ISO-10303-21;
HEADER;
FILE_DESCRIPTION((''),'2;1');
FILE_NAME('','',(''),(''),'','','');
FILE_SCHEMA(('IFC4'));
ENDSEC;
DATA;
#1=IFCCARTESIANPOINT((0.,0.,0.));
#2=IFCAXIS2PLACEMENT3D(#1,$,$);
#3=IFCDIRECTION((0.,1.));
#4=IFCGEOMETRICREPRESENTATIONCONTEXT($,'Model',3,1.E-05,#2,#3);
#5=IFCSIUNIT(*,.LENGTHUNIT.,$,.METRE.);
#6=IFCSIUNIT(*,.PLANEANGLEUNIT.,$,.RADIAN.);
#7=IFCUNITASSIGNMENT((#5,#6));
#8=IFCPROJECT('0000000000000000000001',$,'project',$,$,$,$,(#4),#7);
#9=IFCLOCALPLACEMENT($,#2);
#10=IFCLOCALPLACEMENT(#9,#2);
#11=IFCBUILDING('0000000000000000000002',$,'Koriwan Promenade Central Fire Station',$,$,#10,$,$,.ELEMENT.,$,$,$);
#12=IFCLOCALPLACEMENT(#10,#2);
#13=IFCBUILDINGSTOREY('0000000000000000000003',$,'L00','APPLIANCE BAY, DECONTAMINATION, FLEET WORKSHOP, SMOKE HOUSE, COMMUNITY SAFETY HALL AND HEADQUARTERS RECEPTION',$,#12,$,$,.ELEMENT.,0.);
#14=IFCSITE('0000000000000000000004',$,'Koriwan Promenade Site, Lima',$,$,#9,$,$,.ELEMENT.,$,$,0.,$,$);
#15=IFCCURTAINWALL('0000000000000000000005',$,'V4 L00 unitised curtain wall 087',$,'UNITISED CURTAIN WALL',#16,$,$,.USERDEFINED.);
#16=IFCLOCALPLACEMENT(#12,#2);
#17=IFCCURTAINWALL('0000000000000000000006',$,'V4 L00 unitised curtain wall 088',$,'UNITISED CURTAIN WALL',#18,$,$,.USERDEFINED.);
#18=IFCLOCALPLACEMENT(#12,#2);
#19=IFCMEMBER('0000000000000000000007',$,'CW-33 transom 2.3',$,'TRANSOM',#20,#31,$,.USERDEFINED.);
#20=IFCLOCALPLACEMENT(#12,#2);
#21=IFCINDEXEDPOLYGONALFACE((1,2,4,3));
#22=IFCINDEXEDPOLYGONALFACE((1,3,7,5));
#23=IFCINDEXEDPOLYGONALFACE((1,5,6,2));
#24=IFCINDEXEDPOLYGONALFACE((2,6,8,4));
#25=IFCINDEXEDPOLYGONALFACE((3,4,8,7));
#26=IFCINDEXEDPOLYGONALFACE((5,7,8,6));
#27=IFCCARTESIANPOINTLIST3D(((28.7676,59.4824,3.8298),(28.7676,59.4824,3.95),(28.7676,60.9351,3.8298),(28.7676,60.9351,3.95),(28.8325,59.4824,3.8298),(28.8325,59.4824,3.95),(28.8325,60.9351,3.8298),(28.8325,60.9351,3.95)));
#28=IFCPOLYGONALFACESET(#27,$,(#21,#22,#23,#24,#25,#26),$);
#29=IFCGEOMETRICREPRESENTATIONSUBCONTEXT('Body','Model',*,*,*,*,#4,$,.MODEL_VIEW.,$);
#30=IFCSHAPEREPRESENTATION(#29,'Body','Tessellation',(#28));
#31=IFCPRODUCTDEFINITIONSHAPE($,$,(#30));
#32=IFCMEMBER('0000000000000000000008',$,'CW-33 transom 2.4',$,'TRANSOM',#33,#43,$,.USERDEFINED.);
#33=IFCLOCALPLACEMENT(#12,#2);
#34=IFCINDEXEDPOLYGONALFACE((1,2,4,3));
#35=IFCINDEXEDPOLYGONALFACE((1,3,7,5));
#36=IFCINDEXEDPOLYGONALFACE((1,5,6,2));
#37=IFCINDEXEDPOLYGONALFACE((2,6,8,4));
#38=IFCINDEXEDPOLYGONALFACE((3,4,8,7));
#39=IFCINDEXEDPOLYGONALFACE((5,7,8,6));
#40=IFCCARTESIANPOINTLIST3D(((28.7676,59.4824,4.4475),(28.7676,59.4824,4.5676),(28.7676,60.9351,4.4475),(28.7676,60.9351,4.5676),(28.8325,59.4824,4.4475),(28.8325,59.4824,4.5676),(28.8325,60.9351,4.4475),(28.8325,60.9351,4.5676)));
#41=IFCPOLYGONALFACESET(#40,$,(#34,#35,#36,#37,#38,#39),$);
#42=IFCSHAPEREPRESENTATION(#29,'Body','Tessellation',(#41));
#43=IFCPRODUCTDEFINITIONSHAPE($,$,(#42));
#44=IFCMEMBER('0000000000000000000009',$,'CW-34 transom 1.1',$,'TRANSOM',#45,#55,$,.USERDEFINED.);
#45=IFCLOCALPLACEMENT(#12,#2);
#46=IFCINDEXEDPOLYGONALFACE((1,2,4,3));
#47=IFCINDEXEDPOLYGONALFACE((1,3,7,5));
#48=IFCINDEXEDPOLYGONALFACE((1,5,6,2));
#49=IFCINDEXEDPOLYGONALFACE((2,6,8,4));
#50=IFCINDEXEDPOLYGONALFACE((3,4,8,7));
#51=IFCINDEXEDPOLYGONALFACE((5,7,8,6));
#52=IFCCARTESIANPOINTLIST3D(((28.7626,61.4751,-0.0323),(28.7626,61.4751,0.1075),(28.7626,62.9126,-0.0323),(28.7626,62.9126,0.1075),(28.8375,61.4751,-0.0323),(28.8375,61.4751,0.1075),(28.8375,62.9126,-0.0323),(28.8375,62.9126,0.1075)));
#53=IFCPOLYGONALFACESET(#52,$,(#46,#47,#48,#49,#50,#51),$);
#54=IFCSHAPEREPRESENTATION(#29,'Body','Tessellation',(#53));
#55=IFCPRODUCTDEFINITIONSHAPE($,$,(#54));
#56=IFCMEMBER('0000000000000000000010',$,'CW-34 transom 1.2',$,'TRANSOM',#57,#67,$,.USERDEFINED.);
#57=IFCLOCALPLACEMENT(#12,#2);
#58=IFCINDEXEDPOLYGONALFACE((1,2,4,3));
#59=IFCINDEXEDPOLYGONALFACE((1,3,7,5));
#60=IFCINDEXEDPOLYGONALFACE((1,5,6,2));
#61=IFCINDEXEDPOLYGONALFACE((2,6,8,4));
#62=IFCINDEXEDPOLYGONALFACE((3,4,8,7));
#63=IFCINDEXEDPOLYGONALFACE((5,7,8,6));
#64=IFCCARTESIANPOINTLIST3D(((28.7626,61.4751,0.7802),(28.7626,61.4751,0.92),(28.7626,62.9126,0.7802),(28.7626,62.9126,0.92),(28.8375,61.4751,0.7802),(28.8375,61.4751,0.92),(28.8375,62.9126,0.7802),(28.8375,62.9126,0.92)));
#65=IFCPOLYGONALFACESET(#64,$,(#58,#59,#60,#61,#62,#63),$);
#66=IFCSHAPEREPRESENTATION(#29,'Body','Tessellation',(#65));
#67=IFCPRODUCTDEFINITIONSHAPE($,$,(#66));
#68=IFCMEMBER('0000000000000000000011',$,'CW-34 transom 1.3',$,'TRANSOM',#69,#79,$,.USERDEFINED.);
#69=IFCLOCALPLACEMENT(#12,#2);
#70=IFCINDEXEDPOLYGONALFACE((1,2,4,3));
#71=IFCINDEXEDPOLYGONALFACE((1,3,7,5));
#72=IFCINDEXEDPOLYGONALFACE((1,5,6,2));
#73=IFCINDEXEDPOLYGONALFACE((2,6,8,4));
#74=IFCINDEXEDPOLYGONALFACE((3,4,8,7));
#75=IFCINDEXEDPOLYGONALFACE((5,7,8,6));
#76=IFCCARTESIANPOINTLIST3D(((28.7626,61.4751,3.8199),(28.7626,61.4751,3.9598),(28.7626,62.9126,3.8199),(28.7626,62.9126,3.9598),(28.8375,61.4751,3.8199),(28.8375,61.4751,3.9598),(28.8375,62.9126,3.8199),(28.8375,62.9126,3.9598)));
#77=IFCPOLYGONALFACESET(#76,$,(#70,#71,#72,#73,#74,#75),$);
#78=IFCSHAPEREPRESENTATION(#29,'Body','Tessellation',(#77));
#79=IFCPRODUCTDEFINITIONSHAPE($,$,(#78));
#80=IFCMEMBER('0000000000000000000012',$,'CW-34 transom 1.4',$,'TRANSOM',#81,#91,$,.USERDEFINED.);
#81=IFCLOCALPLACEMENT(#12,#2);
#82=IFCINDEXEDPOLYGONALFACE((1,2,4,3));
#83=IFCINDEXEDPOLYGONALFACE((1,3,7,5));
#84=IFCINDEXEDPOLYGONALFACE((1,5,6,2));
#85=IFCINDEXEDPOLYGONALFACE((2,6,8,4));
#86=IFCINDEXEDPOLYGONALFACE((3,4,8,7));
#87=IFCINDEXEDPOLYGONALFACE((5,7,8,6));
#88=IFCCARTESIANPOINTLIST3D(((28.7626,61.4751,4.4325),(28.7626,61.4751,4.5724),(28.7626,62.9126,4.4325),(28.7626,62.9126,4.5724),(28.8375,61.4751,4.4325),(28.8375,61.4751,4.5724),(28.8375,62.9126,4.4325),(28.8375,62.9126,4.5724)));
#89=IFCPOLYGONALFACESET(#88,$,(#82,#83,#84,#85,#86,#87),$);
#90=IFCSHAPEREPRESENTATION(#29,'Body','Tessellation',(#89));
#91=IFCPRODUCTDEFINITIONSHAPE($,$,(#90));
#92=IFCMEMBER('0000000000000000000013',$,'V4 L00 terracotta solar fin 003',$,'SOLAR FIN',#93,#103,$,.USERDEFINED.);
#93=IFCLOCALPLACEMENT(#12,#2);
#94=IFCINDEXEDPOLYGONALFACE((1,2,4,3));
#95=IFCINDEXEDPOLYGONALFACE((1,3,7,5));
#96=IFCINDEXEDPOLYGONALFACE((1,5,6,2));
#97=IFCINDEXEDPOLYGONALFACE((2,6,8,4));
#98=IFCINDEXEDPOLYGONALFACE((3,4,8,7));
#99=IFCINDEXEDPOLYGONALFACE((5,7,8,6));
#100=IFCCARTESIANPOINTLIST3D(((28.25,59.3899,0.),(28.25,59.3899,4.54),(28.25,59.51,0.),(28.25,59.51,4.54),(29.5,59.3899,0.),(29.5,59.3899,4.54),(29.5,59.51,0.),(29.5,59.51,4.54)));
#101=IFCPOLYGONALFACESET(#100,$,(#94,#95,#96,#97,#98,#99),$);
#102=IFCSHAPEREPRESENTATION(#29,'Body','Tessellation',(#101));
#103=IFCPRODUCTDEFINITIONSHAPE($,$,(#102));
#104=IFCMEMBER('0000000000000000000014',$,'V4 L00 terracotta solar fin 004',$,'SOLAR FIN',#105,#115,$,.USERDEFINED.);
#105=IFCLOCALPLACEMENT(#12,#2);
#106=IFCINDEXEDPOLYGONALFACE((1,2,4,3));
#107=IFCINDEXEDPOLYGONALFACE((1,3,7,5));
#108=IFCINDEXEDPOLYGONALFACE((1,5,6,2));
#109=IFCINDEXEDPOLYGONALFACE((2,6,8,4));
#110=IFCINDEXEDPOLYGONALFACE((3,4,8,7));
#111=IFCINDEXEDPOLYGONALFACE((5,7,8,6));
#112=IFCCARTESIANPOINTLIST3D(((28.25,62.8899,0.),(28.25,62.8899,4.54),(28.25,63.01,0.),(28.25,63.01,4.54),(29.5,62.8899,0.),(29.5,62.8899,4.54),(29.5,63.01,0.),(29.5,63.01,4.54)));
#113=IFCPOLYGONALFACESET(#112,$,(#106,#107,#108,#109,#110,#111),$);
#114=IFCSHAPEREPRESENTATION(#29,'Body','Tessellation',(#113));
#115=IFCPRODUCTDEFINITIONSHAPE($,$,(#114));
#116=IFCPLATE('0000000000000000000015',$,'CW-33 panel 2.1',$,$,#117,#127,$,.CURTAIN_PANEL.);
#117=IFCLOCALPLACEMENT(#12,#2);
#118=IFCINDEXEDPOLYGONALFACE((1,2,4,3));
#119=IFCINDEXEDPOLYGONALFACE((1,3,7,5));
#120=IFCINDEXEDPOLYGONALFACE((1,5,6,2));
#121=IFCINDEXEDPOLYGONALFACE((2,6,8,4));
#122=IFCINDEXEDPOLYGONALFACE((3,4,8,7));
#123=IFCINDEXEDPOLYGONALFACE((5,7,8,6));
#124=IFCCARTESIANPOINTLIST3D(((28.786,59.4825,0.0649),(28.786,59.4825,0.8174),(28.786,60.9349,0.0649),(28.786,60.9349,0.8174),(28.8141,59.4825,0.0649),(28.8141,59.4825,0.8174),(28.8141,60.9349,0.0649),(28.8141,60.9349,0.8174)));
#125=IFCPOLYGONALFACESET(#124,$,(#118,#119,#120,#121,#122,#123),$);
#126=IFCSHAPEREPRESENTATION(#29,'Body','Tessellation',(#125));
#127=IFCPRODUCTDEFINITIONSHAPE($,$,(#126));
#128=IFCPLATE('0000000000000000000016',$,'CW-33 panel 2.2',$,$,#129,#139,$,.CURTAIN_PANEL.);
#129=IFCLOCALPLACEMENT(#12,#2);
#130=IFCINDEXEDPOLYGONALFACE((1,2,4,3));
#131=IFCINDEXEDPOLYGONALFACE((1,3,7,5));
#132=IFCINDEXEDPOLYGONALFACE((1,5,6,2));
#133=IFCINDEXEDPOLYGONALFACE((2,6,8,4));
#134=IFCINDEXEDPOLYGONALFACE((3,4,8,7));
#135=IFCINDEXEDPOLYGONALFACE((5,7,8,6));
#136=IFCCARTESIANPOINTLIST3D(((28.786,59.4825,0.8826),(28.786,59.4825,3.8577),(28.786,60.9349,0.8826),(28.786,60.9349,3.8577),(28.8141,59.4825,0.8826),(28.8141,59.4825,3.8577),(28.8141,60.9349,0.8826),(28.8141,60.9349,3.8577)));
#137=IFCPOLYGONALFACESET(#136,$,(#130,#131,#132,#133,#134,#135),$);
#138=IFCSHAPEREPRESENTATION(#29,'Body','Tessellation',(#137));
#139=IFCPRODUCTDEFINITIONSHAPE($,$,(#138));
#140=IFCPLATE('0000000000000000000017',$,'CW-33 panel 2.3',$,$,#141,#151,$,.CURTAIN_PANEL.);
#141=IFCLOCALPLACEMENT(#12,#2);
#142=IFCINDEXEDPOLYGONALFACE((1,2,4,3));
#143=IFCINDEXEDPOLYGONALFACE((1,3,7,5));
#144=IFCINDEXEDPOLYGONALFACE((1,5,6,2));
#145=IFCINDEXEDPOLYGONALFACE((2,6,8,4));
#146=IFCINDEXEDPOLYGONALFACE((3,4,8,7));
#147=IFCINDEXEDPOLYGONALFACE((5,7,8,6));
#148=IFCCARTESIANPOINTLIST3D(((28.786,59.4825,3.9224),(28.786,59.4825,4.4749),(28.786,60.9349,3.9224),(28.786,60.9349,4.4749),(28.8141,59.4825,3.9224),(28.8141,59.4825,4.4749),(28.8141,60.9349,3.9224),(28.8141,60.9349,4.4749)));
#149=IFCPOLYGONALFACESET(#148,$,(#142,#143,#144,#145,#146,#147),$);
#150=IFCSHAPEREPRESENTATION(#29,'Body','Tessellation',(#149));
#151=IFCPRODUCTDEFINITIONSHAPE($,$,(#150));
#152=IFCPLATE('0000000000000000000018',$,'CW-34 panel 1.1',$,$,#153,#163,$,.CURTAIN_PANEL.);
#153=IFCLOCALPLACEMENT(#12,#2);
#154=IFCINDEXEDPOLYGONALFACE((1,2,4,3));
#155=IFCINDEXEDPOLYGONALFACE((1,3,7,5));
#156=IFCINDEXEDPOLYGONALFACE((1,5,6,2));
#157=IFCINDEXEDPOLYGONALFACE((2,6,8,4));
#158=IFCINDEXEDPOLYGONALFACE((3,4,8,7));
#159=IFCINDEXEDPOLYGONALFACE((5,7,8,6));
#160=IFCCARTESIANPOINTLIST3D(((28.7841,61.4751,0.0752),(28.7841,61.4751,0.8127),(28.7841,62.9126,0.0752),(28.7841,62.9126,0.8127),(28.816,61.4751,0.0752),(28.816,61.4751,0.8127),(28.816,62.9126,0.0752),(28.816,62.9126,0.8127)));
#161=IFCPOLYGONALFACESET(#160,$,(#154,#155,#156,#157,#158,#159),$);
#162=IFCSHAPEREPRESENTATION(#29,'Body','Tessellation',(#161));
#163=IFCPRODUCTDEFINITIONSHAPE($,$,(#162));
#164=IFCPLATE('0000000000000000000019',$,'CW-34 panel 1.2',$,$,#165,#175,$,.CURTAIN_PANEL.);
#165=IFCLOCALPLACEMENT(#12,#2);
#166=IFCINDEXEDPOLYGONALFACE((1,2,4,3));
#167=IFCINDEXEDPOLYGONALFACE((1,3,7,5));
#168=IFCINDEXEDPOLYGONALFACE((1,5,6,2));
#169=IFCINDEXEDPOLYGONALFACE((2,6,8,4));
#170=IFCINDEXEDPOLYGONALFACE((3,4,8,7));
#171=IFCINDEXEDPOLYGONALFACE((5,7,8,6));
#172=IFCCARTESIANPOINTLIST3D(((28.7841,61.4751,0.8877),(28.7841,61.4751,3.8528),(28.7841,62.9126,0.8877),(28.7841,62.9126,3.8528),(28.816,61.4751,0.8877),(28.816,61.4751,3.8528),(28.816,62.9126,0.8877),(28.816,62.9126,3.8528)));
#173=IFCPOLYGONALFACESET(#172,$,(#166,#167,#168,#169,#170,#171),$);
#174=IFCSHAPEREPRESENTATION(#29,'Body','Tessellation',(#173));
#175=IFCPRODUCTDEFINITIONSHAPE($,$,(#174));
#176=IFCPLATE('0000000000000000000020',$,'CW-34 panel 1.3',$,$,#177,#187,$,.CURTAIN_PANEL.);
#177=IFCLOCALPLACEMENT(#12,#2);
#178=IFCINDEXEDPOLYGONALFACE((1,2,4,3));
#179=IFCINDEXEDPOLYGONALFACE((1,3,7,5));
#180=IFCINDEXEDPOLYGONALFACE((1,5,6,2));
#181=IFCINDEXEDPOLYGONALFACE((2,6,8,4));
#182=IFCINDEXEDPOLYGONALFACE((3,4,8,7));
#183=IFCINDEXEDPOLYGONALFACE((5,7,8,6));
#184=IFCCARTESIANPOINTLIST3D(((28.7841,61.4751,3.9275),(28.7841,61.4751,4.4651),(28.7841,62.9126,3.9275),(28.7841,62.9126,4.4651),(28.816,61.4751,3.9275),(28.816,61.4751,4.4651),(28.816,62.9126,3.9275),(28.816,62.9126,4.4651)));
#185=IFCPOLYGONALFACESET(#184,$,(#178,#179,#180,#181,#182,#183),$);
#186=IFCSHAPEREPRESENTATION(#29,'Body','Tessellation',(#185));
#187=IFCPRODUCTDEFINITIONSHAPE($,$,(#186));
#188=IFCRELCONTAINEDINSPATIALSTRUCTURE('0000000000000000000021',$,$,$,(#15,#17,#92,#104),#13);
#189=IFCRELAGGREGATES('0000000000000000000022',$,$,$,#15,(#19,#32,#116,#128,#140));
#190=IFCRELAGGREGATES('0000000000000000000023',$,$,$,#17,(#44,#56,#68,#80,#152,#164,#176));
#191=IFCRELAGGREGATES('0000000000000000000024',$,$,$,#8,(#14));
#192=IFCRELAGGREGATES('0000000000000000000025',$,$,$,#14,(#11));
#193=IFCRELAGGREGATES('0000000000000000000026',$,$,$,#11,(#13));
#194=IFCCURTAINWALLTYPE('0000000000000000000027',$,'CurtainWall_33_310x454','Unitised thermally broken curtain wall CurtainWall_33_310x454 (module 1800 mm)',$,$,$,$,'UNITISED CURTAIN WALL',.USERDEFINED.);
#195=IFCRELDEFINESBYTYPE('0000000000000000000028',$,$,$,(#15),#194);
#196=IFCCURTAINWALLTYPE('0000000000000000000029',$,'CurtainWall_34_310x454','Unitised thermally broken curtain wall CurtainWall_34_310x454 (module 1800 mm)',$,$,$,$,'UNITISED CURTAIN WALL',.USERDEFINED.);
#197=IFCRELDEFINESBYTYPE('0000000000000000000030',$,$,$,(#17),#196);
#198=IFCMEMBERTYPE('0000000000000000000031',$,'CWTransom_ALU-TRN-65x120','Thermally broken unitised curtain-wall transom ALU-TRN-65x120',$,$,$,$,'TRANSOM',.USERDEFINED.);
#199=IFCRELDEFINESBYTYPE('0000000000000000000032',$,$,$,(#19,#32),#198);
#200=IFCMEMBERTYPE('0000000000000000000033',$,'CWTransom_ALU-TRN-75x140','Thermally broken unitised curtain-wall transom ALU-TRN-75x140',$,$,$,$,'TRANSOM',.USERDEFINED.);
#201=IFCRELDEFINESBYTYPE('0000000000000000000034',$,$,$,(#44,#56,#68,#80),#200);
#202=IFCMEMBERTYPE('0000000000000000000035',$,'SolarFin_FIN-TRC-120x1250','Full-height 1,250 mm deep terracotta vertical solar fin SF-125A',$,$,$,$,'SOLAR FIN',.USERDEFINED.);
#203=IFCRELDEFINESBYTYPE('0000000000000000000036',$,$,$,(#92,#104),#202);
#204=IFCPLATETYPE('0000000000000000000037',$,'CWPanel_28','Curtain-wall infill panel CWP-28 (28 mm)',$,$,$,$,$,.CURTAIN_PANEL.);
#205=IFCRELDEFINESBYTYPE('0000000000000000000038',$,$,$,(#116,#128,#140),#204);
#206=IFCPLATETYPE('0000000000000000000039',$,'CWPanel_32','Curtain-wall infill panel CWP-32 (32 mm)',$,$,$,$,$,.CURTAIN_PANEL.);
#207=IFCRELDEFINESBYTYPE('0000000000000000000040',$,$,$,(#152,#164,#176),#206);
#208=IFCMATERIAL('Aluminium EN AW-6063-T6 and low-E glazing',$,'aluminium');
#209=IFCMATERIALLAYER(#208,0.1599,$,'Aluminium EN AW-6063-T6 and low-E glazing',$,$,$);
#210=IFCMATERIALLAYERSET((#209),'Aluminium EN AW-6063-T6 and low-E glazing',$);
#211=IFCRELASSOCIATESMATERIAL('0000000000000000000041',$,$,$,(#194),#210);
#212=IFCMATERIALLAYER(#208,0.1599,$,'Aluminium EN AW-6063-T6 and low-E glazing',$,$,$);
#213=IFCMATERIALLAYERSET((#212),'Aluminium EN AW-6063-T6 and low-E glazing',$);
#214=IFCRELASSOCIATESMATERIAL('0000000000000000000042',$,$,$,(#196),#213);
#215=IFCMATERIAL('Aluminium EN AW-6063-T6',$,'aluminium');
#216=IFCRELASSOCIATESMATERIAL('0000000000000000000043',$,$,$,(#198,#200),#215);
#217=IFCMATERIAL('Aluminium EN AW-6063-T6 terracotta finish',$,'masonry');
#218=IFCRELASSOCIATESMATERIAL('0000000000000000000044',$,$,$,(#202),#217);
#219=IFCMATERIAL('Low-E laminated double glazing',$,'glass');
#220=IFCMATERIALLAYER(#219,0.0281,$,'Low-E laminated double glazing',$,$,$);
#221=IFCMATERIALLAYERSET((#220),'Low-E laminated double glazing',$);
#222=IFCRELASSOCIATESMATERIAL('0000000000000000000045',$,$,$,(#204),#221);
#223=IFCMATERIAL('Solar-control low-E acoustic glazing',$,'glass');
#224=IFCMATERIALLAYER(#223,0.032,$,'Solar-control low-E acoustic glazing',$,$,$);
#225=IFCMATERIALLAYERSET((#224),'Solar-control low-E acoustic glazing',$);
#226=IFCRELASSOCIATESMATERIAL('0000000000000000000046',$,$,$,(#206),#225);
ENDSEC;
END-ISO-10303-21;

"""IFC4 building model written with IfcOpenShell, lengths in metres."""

from ifc_helpers import new_model, si_unit, direction, frame, origin, origin_2d, place, context, subcontext, project, spatial, rectangle, extrude, material, layer, layer_set, material_profile, profile_set, type_object, element, aggregate, save


model = new_model("IFC4")

# Units and contexts
model_context = context("Model", 3, precision=1e-05, world=origin(), true_north=direction((0.0, 1.0)))
body_context = subcontext(model_context, "Body", "Model", "MODEL_VIEW")
ifc_project = project(units=[si_unit("LENGTHUNIT", "METRE"), si_unit("PLANEANGLEUNIT", "RADIAN")], contexts=[model_context])

# Site, building, storey
site_placement = place(None, origin())
site = spatial("IfcSite", under=ifc_project, at=site_placement, Name="Koriwan Promenade Site, Lima", CompositionType="ELEMENT", RefElevation=0.0)
building_placement = place(site_placement, origin())
building = spatial("IfcBuilding", under=site, at=building_placement, Name="Koriwan Promenade Central Fire Station", CompositionType="ELEMENT")
storey_placement = place(building_placement, origin())
storey = spatial("IfcBuildingStorey", under=building, at=storey_placement, Name="L00", Description="APPLIANCE BAY, DECONTAMINATION, FLEET WORKSHOP, SMOKE HOUSE, COMMUNITY SAFETY HALL AND HEADQUARTERS RECEPTION", CompositionType="ELEMENT", Elevation=0.0)

# Curtain walls
ifc_material_1 = material(Name="Aluminium EN AW-6063-T6 and low-E glazing", Category="aluminium")
ifc_layer_1 = layer(ifc_material_1, 0.1599, Name="Aluminium EN AW-6063-T6 and low-E glazing")
ifc_layer_set_1 = layer_set([ifc_layer_1], Name="Aluminium EN AW-6063-T6 and low-E glazing")
curtain_wall_type_1 = type_object("IfcCurtainWallType", Name="CurtainWall_33_310x454", Description="Unitised thermally broken curtain wall CurtainWall_33_310x454 (module 1800 mm)", ElementType="UNITISED CURTAIN WALL", PredefinedType="USERDEFINED", material=ifc_layer_set_1)
curtain_wall_1_placement = place(storey_placement, origin())
curtain_wall_1 = element("IfcCurtainWall", 1, at=curtain_wall_1_placement, inside=storey, type_object=curtain_wall_type_1, Name="V4 L00 unitised curtain wall 087", ObjectType="UNITISED CURTAIN WALL", PredefinedType="USERDEFINED")
ifc_material_2 = material(Name="Aluminium EN AW-6063-T6", Category="aluminium")
ifc_layer_2 = layer(ifc_material_1, 0.1599, Name="Aluminium EN AW-6063-T6 and low-E glazing")
ifc_layer_set_2 = layer_set([ifc_layer_2], Name="Aluminium EN AW-6063-T6 and low-E glazing")
curtain_wall_type_2 = type_object("IfcCurtainWallType", Name="CurtainWall_34_310x454", Description="Unitised thermally broken curtain wall CurtainWall_34_310x454 (module 1800 mm)", ElementType="UNITISED CURTAIN WALL", PredefinedType="USERDEFINED", material=ifc_layer_set_2)
curtain_wall_2_placement = place(storey_placement, origin())
curtain_wall_2 = element("IfcCurtainWall", 2, at=curtain_wall_2_placement, inside=storey, type_object=curtain_wall_type_2, Name="V4 L00 unitised curtain wall 088", ObjectType="UNITISED CURTAIN WALL", PredefinedType="USERDEFINED")

# Members
ifc_material_profile_1 = material_profile(ifc_material_2, rectangle(XDim=0.0649, YDim=0.1201, at=origin_2d()), Name="ALU-TRN-65x120")
ifc_profile_set_1 = profile_set([ifc_material_profile_1], Name="Aluminium EN AW-6063-T6")
member_type_1 = type_object("IfcMemberType", Name="CWTransom_ALU-TRN-65x120", Description="Thermally broken unitised curtain-wall transom ALU-TRN-65x120", ElementType="TRANSOM", PredefinedType="USERDEFINED", material=ifc_profile_set_1)
member_1_placement = place(storey_placement, frame((28.8, 59.4824, 3.8899), z_axis=(0.0, 1.0, 0.0), x_axis=(-1.0, 0.0, 0.0)))
member_1 = element("IfcMember", 3, at=member_1_placement, type_object=member_type_1, Name="CW-33 transom 2.3", ObjectType="TRANSOM", PredefinedType="USERDEFINED", context=body_context, shape_type="SweptSolid", body=[
    extrude(rectangle(XDim=0.0649, YDim=0.1201, at=origin_2d()), origin(), (0.0, 0.0, 1.0), 1.4526),
])
member_2_placement = place(storey_placement, frame((28.8, 59.4824, 4.5076), z_axis=(0.0, 1.0, 0.0), x_axis=(-1.0, 0.0, 0.0)))
member_2 = element("IfcMember", 4, at=member_2_placement, type_object=member_type_1, Name="CW-33 transom 2.4", ObjectType="TRANSOM", PredefinedType="USERDEFINED", context=body_context, shape_type="SweptSolid", body=[
    extrude(rectangle(XDim=0.0649, YDim=0.1201, at=origin_2d()), origin(), (0.0, 0.0, 1.0), 1.4526),
])
ifc_material_profile_2 = material_profile(ifc_material_2, rectangle(XDim=0.075, YDim=0.1399, at=origin_2d()), Name="ALU-TRN-75x140")
ifc_profile_set_2 = profile_set([ifc_material_profile_2], Name="Aluminium EN AW-6063-T6")
member_type_2 = type_object("IfcMemberType", Name="CWTransom_ALU-TRN-75x140", Description="Thermally broken unitised curtain-wall transom ALU-TRN-75x140", ElementType="TRANSOM", PredefinedType="USERDEFINED", material=ifc_profile_set_2)
member_3_placement = place(storey_placement, frame((28.8, 61.4751, 0.0376), z_axis=(0.0, 1.0, 0.0), x_axis=(-1.0, 0.0, 0.0)))
member_3 = element("IfcMember", 5, at=member_3_placement, type_object=member_type_2, Name="CW-34 transom 1.1", ObjectType="TRANSOM", PredefinedType="USERDEFINED", context=body_context, shape_type="SweptSolid", body=[
    extrude(rectangle(XDim=0.075, YDim=0.1399, at=origin_2d()), origin(), (0.0, 0.0, 1.0), 1.4375),
])
member_4_placement = place(storey_placement, frame((28.8, 61.4751, 0.8501), z_axis=(0.0, 1.0, 0.0), x_axis=(-1.0, 0.0, 0.0)))
member_4 = element("IfcMember", 6, at=member_4_placement, type_object=member_type_2, Name="CW-34 transom 1.2", ObjectType="TRANSOM", PredefinedType="USERDEFINED", context=body_context, shape_type="SweptSolid", body=[
    extrude(rectangle(XDim=0.075, YDim=0.1399, at=origin_2d()), origin(), (0.0, 0.0, 1.0), 1.4375),
])
member_5_placement = place(storey_placement, frame((28.8, 61.4751, 3.8899), z_axis=(0.0, 1.0, 0.0), x_axis=(-1.0, 0.0, 0.0)))
member_5 = element("IfcMember", 7, at=member_5_placement, type_object=member_type_2, Name="CW-34 transom 1.3", ObjectType="TRANSOM", PredefinedType="USERDEFINED", context=body_context, shape_type="SweptSolid", body=[
    extrude(rectangle(XDim=0.075, YDim=0.1399, at=origin_2d()), origin(), (0.0, 0.0, 1.0), 1.4375),
])
member_6_placement = place(storey_placement, frame((28.8, 61.4751, 4.5024), z_axis=(0.0, 1.0, 0.0), x_axis=(-1.0, 0.0, 0.0)))
member_6 = element("IfcMember", 8, at=member_6_placement, type_object=member_type_2, Name="CW-34 transom 1.4", ObjectType="TRANSOM", PredefinedType="USERDEFINED", context=body_context, shape_type="SweptSolid", body=[
    extrude(rectangle(XDim=0.075, YDim=0.1399, at=origin_2d()), origin(), (0.0, 0.0, 1.0), 1.4375),
])

# Members
ifc_material_3 = material(Name="Aluminium EN AW-6063-T6 terracotta finish", Category="masonry")
ifc_material_profile_3 = material_profile(ifc_material_3, rectangle(XDim=0.1201, YDim=1.25, at=origin_2d()), Name="FIN-TRC-120x1250")
ifc_profile_set_3 = profile_set([ifc_material_profile_3], Name="Aluminium EN AW-6063-T6 terracotta finish")
member_type_3 = type_object("IfcMemberType", Name="SolarFin_FIN-TRC-120x1250", Description="Full-height 1,250 mm deep terracotta vertical solar fin SF-125A", ElementType="SOLAR FIN", PredefinedType="USERDEFINED", material=ifc_profile_set_3)
for number, where, z_axis, x_axis, name in (
    (9, (28.875, 59.45, 0.0), (0.0, 0.0, 1.0), (0.0, -1.0, 0.0), "V4 L00 terracotta solar fin 003"),
    (10, (28.875, 62.95, 0.0), (0.0, 0.0, 1.0), (0.0, -1.0, 0.0), "V4 L00 terracotta solar fin 004"),
):
    element("IfcMember", number, at=place(storey_placement, frame(where, z_axis=z_axis, x_axis=x_axis)), inside=storey, type_object=member_type_3, Name=name, ObjectType="SOLAR FIN", PredefinedType="USERDEFINED", context=body_context, shape_type="SweptSolid", body=[
        extrude(rectangle(XDim=0.1201, YDim=1.25, at=origin_2d()), origin(), (0.0, 0.0, 1.0), 4.54),
    ])

# Plates
ifc_material_4 = material(Name="Low-E laminated double glazing", Category="glass")
ifc_layer_3 = layer(ifc_material_4, 0.0281, Name="Low-E laminated double glazing")
ifc_layer_set_3 = layer_set([ifc_layer_3], Name="Low-E laminated double glazing")
plate_type_1 = type_object("IfcPlateType", Name="CWPanel_28", Description="Curtain-wall infill panel CWP-28 (28 mm)", PredefinedType="CURTAIN_PANEL", material=ifc_layer_set_3)
plate_1_placement = place(storey_placement, frame((28.8, 60.2087, 0.0649), z_axis=(0.0, 0.0, 1.0), x_axis=(0.0, 1.0, 0.0)))
plate_1 = element("IfcPlate", 11, at=plate_1_placement, type_object=plate_type_1, Name="CW-33 panel 2.1", PredefinedType="CURTAIN_PANEL", context=body_context, shape_type="SweptSolid", body=[
    extrude(rectangle(XDim=1.4524, YDim=0.0281, at=origin_2d()), origin(), (0.0, 0.0, 1.0), 0.7524),
])
plate_2_placement = place(storey_placement, frame((28.8, 60.2087, 0.8826), z_axis=(0.0, 0.0, 1.0), x_axis=(0.0, 1.0, 0.0)))
plate_2 = element("IfcPlate", 12, at=plate_2_placement, type_object=plate_type_1, Name="CW-33 panel 2.2", PredefinedType="CURTAIN_PANEL", context=body_context, shape_type="SweptSolid", body=[
    extrude(rectangle(XDim=1.4524, YDim=0.0281, at=origin_2d()), origin(), (0.0, 0.0, 1.0), 2.9751),
])
plate_3_placement = place(storey_placement, frame((28.8, 60.2087, 3.9224), z_axis=(0.0, 0.0, 1.0), x_axis=(0.0, 1.0, 0.0)))
plate_3 = element("IfcPlate", 13, at=plate_3_placement, type_object=plate_type_1, Name="CW-33 panel 2.3", PredefinedType="CURTAIN_PANEL", context=body_context, shape_type="SweptSolid", body=[
    extrude(rectangle(XDim=1.4524, YDim=0.0281, at=origin_2d()), origin(), (0.0, 0.0, 1.0), 0.5525),
])
aggregate(curtain_wall_1, [member_1, member_2, plate_1, plate_2, plate_3])
ifc_material_5 = material(Name="Solar-control low-E acoustic glazing", Category="glass")
ifc_layer_4 = layer(ifc_material_5, 0.032, Name="Solar-control low-E acoustic glazing")
ifc_layer_set_4 = layer_set([ifc_layer_4], Name="Solar-control low-E acoustic glazing")
plate_type_2 = type_object("IfcPlateType", Name="CWPanel_32", Description="Curtain-wall infill panel CWP-32 (32 mm)", PredefinedType="CURTAIN_PANEL", material=ifc_layer_set_4)
plate_4_placement = place(storey_placement, frame((28.8, 62.1938, 0.0752), z_axis=(0.0, 0.0, 1.0), x_axis=(0.0, 1.0, 0.0)))
plate_4 = element("IfcPlate", 14, at=plate_4_placement, type_object=plate_type_2, Name="CW-34 panel 1.1", PredefinedType="CURTAIN_PANEL", context=body_context, shape_type="SweptSolid", body=[
    extrude(rectangle(XDim=1.4375, YDim=0.032, at=origin_2d()), origin(), (0.0, 0.0, 1.0), 0.7375),
])
plate_5_placement = place(storey_placement, frame((28.8, 62.1938, 0.8877), z_axis=(0.0, 0.0, 1.0), x_axis=(0.0, 1.0, 0.0)))
plate_5 = element("IfcPlate", 15, at=plate_5_placement, type_object=plate_type_2, Name="CW-34 panel 1.2", PredefinedType="CURTAIN_PANEL", context=body_context, shape_type="SweptSolid", body=[
    extrude(rectangle(XDim=1.4375, YDim=0.032, at=origin_2d()), origin(), (0.0, 0.0, 1.0), 2.9651),
])
plate_6_placement = place(storey_placement, frame((28.8, 62.1938, 3.9275), z_axis=(0.0, 0.0, 1.0), x_axis=(0.0, 1.0, 0.0)))
plate_6 = element("IfcPlate", 16, at=plate_6_placement, type_object=plate_type_2, Name="CW-34 panel 1.3", PredefinedType="CURTAIN_PANEL", context=body_context, shape_type="SweptSolid", body=[
    extrude(rectangle(XDim=1.4375, YDim=0.032, at=origin_2d()), origin(), (0.0, 0.0, 1.0), 0.5376),
])
aggregate(curtain_wall_2, [member_3, member_4, member_5, member_6, plate_4, plate_5, plate_6])

save(model, "model.ifc")
